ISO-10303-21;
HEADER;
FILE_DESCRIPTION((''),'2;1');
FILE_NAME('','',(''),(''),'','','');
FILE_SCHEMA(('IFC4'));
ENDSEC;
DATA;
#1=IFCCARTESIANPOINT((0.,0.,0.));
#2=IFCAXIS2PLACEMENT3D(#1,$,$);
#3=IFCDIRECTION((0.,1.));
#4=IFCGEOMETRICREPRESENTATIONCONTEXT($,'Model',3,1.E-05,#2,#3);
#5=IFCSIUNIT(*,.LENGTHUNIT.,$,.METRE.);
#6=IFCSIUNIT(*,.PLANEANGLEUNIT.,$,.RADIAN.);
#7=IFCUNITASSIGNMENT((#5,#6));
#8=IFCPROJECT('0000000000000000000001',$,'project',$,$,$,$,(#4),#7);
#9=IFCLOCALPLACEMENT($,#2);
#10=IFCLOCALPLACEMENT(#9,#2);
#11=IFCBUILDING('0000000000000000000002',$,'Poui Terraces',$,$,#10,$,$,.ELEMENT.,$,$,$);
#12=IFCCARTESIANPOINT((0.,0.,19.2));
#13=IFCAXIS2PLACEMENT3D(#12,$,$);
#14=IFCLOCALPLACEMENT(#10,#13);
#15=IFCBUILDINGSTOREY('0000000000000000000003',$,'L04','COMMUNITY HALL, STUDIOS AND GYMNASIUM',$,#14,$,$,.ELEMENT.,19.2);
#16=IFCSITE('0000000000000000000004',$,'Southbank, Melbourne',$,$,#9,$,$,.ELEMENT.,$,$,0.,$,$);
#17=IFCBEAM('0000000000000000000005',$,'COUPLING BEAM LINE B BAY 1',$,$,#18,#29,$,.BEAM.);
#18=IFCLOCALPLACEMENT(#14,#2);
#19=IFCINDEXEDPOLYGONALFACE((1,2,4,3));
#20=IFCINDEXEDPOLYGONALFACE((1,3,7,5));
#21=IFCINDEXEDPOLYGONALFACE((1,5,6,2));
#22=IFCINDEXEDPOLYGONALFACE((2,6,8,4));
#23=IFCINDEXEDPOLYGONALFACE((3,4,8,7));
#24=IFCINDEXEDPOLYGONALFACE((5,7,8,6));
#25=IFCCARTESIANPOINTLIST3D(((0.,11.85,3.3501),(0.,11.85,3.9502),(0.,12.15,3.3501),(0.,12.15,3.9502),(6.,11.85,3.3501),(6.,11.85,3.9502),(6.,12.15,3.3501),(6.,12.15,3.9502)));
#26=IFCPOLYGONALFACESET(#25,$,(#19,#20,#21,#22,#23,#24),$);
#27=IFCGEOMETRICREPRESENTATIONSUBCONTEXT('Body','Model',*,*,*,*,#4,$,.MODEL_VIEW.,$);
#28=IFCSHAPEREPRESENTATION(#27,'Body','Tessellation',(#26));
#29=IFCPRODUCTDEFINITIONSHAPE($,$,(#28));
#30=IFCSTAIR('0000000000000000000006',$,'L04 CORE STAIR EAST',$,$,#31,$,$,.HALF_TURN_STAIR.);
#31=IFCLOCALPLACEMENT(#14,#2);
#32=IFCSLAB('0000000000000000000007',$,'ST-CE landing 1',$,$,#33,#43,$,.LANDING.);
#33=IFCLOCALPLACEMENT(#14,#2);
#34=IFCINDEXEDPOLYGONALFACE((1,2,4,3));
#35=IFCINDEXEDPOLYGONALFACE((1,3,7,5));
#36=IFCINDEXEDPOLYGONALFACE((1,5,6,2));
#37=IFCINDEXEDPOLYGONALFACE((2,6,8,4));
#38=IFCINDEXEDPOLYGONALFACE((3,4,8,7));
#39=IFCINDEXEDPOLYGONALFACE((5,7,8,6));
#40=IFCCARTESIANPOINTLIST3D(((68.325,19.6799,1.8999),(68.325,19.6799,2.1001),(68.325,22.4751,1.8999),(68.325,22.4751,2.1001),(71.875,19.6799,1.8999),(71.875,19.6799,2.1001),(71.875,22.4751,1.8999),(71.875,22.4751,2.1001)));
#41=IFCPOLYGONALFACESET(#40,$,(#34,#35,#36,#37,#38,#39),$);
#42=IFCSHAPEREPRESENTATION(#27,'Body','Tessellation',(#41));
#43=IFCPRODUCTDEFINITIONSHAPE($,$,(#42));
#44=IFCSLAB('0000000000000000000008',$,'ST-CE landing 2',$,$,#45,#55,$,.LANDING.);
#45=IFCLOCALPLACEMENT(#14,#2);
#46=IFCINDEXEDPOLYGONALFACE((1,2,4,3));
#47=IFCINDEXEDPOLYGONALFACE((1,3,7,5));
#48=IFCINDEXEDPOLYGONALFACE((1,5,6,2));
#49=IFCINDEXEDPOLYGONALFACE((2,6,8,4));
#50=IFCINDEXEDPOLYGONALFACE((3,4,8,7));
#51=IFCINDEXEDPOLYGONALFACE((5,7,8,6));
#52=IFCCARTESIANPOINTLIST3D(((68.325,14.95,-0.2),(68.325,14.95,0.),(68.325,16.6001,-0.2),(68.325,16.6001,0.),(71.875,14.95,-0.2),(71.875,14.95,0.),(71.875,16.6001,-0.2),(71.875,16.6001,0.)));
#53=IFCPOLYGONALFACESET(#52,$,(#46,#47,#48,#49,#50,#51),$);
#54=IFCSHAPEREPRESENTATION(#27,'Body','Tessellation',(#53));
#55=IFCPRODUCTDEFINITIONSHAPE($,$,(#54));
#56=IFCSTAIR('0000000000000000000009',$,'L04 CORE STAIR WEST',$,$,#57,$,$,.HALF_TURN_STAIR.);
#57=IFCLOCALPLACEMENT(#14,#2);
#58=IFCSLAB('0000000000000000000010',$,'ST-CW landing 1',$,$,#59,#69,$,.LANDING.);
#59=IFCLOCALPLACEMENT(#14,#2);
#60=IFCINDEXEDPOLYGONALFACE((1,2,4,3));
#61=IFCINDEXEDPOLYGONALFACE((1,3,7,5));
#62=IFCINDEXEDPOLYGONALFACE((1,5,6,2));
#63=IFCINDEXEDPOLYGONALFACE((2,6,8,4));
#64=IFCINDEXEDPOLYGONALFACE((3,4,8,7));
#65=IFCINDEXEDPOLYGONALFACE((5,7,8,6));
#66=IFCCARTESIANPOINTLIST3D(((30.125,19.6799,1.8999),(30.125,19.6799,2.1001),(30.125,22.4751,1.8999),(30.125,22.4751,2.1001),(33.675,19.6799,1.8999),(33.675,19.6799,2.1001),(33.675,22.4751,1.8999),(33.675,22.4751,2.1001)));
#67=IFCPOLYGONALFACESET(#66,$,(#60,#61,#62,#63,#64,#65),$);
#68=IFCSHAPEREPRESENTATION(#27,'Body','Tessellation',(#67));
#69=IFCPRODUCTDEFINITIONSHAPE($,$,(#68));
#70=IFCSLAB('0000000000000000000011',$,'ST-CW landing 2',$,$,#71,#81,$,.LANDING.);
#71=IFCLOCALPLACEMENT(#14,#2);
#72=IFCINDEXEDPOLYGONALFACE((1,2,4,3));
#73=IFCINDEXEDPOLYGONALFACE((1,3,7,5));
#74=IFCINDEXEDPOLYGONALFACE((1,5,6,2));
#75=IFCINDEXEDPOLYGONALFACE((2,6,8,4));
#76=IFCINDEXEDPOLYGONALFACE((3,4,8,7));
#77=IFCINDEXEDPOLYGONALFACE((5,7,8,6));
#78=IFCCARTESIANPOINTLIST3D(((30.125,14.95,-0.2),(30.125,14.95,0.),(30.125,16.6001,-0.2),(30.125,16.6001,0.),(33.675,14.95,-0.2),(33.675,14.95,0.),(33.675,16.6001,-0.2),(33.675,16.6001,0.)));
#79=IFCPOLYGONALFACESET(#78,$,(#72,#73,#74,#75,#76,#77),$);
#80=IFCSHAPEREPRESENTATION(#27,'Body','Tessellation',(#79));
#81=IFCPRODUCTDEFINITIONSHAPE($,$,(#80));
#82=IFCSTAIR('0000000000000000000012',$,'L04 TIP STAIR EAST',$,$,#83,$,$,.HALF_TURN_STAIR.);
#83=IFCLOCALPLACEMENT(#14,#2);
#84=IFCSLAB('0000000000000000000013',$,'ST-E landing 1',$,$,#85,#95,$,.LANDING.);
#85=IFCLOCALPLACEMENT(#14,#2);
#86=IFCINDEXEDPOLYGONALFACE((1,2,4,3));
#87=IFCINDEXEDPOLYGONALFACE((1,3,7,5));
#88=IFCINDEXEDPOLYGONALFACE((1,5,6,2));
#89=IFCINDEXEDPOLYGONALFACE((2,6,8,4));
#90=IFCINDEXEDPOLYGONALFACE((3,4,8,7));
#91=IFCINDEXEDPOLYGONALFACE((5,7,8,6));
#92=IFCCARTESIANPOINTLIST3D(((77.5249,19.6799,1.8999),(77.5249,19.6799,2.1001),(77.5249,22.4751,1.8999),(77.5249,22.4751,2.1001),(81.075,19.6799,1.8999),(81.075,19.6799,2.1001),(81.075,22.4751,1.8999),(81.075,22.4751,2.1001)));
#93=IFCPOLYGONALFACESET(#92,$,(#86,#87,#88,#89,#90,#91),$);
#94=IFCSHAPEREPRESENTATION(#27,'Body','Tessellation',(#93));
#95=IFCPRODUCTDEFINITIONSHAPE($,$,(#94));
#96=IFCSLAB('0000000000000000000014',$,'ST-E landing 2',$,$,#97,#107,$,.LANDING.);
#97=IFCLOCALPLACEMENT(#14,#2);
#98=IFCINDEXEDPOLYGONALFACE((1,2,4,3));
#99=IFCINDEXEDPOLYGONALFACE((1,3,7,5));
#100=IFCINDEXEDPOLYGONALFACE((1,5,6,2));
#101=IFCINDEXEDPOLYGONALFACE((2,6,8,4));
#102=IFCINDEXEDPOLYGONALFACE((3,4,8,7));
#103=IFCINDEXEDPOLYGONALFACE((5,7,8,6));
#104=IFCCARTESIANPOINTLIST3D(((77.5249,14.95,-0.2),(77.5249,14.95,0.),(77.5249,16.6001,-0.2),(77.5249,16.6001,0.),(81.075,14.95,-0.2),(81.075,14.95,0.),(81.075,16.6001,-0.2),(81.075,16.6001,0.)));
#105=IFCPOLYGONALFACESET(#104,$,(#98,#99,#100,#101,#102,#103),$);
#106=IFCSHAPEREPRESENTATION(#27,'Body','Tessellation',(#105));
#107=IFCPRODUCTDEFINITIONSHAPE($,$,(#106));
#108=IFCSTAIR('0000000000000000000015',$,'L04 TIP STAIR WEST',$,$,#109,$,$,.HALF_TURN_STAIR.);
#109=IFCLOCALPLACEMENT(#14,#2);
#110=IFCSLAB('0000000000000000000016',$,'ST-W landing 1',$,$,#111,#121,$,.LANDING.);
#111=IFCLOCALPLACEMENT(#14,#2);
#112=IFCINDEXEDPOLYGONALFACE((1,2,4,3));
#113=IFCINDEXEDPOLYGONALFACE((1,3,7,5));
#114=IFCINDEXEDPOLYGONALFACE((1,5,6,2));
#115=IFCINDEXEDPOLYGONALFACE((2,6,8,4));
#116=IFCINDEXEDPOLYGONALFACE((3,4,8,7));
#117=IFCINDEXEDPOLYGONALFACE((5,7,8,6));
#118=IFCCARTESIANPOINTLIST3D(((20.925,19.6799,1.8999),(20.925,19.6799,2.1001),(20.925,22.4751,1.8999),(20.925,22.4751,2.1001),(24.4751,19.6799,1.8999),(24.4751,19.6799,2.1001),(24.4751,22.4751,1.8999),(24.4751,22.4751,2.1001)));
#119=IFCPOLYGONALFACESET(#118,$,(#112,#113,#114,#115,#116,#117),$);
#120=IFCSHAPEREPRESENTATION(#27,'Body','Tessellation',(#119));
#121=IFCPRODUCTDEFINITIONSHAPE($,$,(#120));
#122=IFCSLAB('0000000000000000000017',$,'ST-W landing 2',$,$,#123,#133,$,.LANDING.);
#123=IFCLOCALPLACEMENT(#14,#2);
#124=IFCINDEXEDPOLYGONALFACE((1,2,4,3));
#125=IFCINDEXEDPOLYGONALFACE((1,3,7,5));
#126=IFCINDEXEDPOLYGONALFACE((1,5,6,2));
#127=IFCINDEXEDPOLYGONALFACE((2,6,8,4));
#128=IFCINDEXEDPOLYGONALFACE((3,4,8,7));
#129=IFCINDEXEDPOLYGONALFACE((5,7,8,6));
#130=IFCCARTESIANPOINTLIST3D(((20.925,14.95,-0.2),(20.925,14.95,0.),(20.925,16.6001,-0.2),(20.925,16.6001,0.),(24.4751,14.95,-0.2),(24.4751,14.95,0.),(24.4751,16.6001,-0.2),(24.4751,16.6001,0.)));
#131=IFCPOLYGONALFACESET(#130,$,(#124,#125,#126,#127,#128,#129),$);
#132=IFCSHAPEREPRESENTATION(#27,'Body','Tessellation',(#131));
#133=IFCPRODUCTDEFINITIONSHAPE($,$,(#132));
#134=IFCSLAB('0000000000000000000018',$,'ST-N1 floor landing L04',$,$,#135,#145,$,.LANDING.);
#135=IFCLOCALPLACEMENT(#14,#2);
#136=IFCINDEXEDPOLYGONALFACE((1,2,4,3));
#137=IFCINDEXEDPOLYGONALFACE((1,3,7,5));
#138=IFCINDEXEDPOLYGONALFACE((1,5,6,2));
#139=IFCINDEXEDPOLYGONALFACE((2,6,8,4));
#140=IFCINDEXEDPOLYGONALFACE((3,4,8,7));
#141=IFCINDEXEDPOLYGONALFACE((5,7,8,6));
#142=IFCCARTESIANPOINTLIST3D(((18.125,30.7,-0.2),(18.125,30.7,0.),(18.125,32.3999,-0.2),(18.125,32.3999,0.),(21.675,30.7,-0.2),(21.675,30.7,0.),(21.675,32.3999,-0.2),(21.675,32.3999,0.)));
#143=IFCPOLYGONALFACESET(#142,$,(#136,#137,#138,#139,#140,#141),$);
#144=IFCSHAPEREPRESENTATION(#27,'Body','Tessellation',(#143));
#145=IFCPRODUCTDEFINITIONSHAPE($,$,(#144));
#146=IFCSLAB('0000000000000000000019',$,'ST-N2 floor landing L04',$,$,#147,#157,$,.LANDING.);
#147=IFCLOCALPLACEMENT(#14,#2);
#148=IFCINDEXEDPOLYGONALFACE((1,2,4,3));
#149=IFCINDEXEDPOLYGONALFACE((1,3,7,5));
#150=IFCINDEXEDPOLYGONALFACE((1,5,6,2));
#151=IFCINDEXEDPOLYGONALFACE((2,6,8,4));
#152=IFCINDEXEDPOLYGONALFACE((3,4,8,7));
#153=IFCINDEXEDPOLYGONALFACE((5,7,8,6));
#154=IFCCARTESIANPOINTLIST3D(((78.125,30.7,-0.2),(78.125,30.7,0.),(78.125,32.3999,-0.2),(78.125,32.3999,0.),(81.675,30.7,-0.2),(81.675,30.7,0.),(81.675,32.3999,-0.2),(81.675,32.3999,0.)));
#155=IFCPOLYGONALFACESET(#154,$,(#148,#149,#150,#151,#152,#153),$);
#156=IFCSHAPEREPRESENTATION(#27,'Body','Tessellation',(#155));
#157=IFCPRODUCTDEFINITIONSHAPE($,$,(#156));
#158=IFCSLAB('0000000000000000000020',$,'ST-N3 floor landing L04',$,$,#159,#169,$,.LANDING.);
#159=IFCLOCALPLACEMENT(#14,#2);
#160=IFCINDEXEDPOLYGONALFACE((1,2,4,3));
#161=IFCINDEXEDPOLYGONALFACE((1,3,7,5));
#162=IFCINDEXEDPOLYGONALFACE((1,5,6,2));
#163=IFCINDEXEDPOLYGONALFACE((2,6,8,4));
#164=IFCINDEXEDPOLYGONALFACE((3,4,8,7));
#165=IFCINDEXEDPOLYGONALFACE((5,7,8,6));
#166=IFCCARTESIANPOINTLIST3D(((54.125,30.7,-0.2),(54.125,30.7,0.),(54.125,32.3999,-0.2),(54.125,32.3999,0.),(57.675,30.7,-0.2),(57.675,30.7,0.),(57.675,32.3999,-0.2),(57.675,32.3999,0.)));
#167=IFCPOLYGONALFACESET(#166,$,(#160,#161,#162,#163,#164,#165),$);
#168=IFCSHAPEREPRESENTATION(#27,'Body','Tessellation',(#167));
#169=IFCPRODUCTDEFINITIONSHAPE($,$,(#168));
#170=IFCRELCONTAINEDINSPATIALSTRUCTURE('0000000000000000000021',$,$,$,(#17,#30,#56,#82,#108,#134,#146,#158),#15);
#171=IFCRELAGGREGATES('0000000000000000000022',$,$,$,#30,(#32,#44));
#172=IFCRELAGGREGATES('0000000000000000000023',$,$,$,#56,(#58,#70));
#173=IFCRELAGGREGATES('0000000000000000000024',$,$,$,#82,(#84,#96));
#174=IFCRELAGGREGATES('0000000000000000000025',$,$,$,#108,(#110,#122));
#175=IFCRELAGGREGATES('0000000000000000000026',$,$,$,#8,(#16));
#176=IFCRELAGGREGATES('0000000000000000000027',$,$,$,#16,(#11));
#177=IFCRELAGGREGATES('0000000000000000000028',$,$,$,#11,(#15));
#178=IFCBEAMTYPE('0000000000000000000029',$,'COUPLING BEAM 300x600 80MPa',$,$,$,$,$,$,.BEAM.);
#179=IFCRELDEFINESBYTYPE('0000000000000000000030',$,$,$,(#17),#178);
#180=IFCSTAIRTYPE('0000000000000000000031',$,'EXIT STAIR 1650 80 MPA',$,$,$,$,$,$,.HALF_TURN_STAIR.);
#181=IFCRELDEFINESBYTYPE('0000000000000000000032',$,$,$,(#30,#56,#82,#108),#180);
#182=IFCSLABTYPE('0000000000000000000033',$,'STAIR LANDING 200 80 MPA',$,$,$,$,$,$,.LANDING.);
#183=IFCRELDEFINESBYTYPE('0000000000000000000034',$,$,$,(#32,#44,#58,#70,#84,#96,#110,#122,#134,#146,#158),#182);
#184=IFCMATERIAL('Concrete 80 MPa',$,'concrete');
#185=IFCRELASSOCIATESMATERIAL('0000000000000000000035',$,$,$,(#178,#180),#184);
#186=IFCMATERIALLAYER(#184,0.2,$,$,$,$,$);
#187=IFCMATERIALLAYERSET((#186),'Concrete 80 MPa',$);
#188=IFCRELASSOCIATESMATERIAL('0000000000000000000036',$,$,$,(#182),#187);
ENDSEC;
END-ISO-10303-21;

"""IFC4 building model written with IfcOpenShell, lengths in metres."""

from ifc_helpers import new_model, si_unit, direction, frame, origin, origin_2d, place, context, subcontext, project, spatial, polyline, rectangle, outline, extrude, source, transform, mapped, material, layer, layer_set, material_profile, profile_set, type_object, element, aggregate, save


model = new_model("IFC4")

# Units and contexts
model_context = context("Model", 3, precision=1e-05, world=origin(), true_north=direction((0.0, 1.0)))
body_context = subcontext(model_context, "Body", "Model", "MODEL_VIEW")
ifc_project = project(units=[si_unit("LENGTHUNIT", "METRE"), si_unit("PLANEANGLEUNIT", "RADIAN")], contexts=[model_context])

# Site, building, storey
site_placement = place(None, origin())
site = spatial("IfcSite", under=ifc_project, at=site_placement, Name="Southbank, Melbourne", CompositionType="ELEMENT", RefElevation=0.0)
building_placement = place(site_placement, origin())
building = spatial("IfcBuilding", under=site, at=building_placement, Name="Poui Terraces", CompositionType="ELEMENT")
storey_placement = place(building_placement, frame((0.0, 0.0, 19.2)))
storey = spatial("IfcBuildingStorey", under=building, at=storey_placement, Name="L04", Description="COMMUNITY HALL, STUDIOS AND GYMNASIUM", CompositionType="ELEMENT", Elevation=19.2)

# Beam
ifc_material_1 = material(Name="Concrete 80 MPa", Category="concrete")
ifc_material_profile = material_profile(ifc_material_1, rectangle(XDim=0.3, YDim=0.6001, at=origin_2d()), Name="RC 300x600")
ifc_profile_set = profile_set([ifc_material_profile], Name="Concrete 80 MPa")
beam_type = type_object("IfcBeamType", Name="COUPLING BEAM 300x600 80MPa", PredefinedType="BEAM", material=ifc_profile_set)
shared_shape_1 = source(origin(), body_context, "Body", "SweptSolid", [
    extrude(rectangle(XDim=0.3, YDim=0.6001, at=origin_2d()), origin(), (0.0, 0.0, 1.0), 6.0),
])
beam_placement = place(storey_placement, frame((0.0, 12.0, 3.6501), z_axis=(1.0, 0.0, 0.0), x_axis=(0.0, 1.0, 0.0)))
element("IfcBeam", 1, at=beam_placement, inside=storey, type_object=beam_type, Name="COUPLING BEAM LINE B BAY 1", PredefinedType="BEAM", context=body_context, shape_type="MappedRepresentation", body=[
    mapped(shared_shape_1, transform((0.0, 0.0, 0.0))),
])

# Stairs, slabs
stair_type = type_object("IfcStairType", Name="EXIT STAIR 1650 80 MPA", PredefinedType="HALF_TURN_STAIR", material=ifc_material_1)
stair_1_placement = place(storey_placement, origin())
stair_1 = element("IfcStair", 2, at=stair_1_placement, inside=storey, type_object=stair_type, Name="L04 CORE STAIR EAST", PredefinedType="HALF_TURN_STAIR")
ifc_layer_1 = layer(ifc_material_1, 0.2)
ifc_layer_set_1 = layer_set([ifc_layer_1], Name="Concrete 80 MPa")
slab_type_1 = type_object("IfcSlabType", Name="STAIR LANDING 200 80 MPA", PredefinedType="LANDING", material=ifc_layer_set_1)
slab_1_placement = place(storey_placement, frame((0.0, 0.0, 1.8999)))
slab_1 = element("IfcSlab", 3, at=slab_1_placement, type_object=slab_type_1, Name="ST-CE landing 1", PredefinedType="LANDING", context=body_context, shape_type="SweptSolid", body=[
    extrude(outline(polyline([(68.325, 19.6799), (71.875, 19.6799), (71.875, 22.4751), (68.325, 22.4751), (68.325, 19.6799)])), origin(), (0.0, 0.0, 1.0), 0.2002),
])
slab_2_placement = place(storey_placement, frame((0.0, 0.0, -0.2)))
slab_2 = element("IfcSlab", 4, at=slab_2_placement, type_object=slab_type_1, Name="ST-CE landing 2", PredefinedType="LANDING", context=body_context, shape_type="SweptSolid", body=[
    extrude(outline(polyline([(68.325, 14.95), (71.875, 14.95), (71.875, 16.6001), (68.325, 16.6001), (68.325, 14.95)])), origin(), (0.0, 0.0, 1.0), 0.2),
])
aggregate(stair_1, [slab_1, slab_2])
stair_2_placement = place(storey_placement, origin())
stair_2 = element("IfcStair", 5, at=stair_2_placement, inside=storey, type_object=stair_type, Name="L04 CORE STAIR WEST", PredefinedType="HALF_TURN_STAIR")
slab_3_placement = place(storey_placement, frame((0.0, 0.0, 1.8999)))
slab_3 = element("IfcSlab", 6, at=slab_3_placement, type_object=slab_type_1, Name="ST-CW landing 1", PredefinedType="LANDING", context=body_context, shape_type="SweptSolid", body=[
    extrude(outline(polyline([(30.125, 19.6799), (33.675, 19.6799), (33.675, 22.4751), (30.125, 22.4751), (30.125, 19.6799)])), origin(), (0.0, 0.0, 1.0), 0.2002),
])
slab_4_placement = place(storey_placement, frame((0.0, 0.0, -0.2)))
slab_4 = element("IfcSlab", 7, at=slab_4_placement, type_object=slab_type_1, Name="ST-CW landing 2", PredefinedType="LANDING", context=body_context, shape_type="SweptSolid", body=[
    extrude(outline(polyline([(30.125, 14.95), (33.675, 14.95), (33.675, 16.6001), (30.125, 16.6001), (30.125, 14.95)])), origin(), (0.0, 0.0, 1.0), 0.2),
])
aggregate(stair_2, [slab_3, slab_4])
stair_3_placement = place(storey_placement, origin())
stair_3 = element("IfcStair", 8, at=stair_3_placement, inside=storey, type_object=stair_type, Name="L04 TIP STAIR EAST", PredefinedType="HALF_TURN_STAIR")
slab_5_placement = place(storey_placement, frame((0.0, 0.0, 1.8999)))
slab_5 = element("IfcSlab", 9, at=slab_5_placement, type_object=slab_type_1, Name="ST-E landing 1", PredefinedType="LANDING", context=body_context, shape_type="SweptSolid", body=[
    extrude(outline(polyline([(77.5249, 19.6799), (81.075, 19.6799), (81.075, 22.4751), (77.5249, 22.4751), (77.5249, 19.6799)])), origin(), (0.0, 0.0, 1.0), 0.2002),
])
slab_6_placement = place(storey_placement, frame((0.0, 0.0, -0.2)))
slab_6 = element("IfcSlab", 10, at=slab_6_placement, type_object=slab_type_1, Name="ST-E landing 2", PredefinedType="LANDING", context=body_context, shape_type="SweptSolid", body=[
    extrude(outline(polyline([(77.5249, 14.95), (81.075, 14.95), (81.075, 16.6001), (77.5249, 16.6001), (77.5249, 14.95)])), origin(), (0.0, 0.0, 1.0), 0.2),
])
aggregate(stair_3, [slab_5, slab_6])
stair_4_placement = place(storey_placement, origin())
stair_4 = element("IfcStair", 11, at=stair_4_placement, inside=storey, type_object=stair_type, Name="L04 TIP STAIR WEST", PredefinedType="HALF_TURN_STAIR")
slab_7_placement = place(storey_placement, frame((0.0, 0.0, 1.8999)))
slab_7 = element("IfcSlab", 12, at=slab_7_placement, type_object=slab_type_1, Name="ST-W landing 1", PredefinedType="LANDING", context=body_context, shape_type="SweptSolid", body=[
    extrude(outline(polyline([(20.925, 19.6799), (24.4751, 19.6799), (24.4751, 22.4751), (20.925, 22.4751), (20.925, 19.6799)])), origin(), (0.0, 0.0, 1.0), 0.2002),
])
slab_8_placement = place(storey_placement, frame((0.0, 0.0, -0.2)))
slab_8 = element("IfcSlab", 13, at=slab_8_placement, type_object=slab_type_1, Name="ST-W landing 2", PredefinedType="LANDING", context=body_context, shape_type="SweptSolid", body=[
    extrude(outline(polyline([(20.925, 14.95), (24.4751, 14.95), (24.4751, 16.6001), (20.925, 16.6001), (20.925, 14.95)])), origin(), (0.0, 0.0, 1.0), 0.2),
])
aggregate(stair_4, [slab_7, slab_8])

# Slabs
slab_9_placement = place(storey_placement, frame((0.0, 0.0, -0.2)))
element("IfcSlab", 14, at=slab_9_placement, inside=storey, type_object=slab_type_1, Name="ST-N1 floor landing L04", PredefinedType="LANDING", context=body_context, shape_type="SweptSolid", body=[
    extrude(outline(polyline([(18.125, 30.7), (21.675, 30.7), (21.675, 32.3999), (18.125, 32.3999), (18.125, 30.7)])), origin(), (0.0, 0.0, 1.0), 0.2),
])
slab_10_placement = place(storey_placement, frame((0.0, 0.0, -0.2)))
element("IfcSlab", 15, at=slab_10_placement, inside=storey, type_object=slab_type_1, Name="ST-N2 floor landing L04", PredefinedType="LANDING", context=body_context, shape_type="SweptSolid", body=[
    extrude(outline(polyline([(78.125, 30.7), (81.675, 30.7), (81.675, 32.3999), (78.125, 32.3999), (78.125, 30.7)])), origin(), (0.0, 0.0, 1.0), 0.2),
])
slab_11_placement = place(storey_placement, frame((0.0, 0.0, -0.2)))
element("IfcSlab", 16, at=slab_11_placement, inside=storey, type_object=slab_type_1, Name="ST-N3 floor landing L04", PredefinedType="LANDING", context=body_context, shape_type="SweptSolid", body=[
    extrude(outline(polyline([(54.125, 30.7), (57.675, 30.7), (57.675, 32.3999), (54.125, 32.3999), (54.125, 30.7)])), origin(), (0.0, 0.0, 1.0), 0.2),
])

save(model, "model.ifc")
